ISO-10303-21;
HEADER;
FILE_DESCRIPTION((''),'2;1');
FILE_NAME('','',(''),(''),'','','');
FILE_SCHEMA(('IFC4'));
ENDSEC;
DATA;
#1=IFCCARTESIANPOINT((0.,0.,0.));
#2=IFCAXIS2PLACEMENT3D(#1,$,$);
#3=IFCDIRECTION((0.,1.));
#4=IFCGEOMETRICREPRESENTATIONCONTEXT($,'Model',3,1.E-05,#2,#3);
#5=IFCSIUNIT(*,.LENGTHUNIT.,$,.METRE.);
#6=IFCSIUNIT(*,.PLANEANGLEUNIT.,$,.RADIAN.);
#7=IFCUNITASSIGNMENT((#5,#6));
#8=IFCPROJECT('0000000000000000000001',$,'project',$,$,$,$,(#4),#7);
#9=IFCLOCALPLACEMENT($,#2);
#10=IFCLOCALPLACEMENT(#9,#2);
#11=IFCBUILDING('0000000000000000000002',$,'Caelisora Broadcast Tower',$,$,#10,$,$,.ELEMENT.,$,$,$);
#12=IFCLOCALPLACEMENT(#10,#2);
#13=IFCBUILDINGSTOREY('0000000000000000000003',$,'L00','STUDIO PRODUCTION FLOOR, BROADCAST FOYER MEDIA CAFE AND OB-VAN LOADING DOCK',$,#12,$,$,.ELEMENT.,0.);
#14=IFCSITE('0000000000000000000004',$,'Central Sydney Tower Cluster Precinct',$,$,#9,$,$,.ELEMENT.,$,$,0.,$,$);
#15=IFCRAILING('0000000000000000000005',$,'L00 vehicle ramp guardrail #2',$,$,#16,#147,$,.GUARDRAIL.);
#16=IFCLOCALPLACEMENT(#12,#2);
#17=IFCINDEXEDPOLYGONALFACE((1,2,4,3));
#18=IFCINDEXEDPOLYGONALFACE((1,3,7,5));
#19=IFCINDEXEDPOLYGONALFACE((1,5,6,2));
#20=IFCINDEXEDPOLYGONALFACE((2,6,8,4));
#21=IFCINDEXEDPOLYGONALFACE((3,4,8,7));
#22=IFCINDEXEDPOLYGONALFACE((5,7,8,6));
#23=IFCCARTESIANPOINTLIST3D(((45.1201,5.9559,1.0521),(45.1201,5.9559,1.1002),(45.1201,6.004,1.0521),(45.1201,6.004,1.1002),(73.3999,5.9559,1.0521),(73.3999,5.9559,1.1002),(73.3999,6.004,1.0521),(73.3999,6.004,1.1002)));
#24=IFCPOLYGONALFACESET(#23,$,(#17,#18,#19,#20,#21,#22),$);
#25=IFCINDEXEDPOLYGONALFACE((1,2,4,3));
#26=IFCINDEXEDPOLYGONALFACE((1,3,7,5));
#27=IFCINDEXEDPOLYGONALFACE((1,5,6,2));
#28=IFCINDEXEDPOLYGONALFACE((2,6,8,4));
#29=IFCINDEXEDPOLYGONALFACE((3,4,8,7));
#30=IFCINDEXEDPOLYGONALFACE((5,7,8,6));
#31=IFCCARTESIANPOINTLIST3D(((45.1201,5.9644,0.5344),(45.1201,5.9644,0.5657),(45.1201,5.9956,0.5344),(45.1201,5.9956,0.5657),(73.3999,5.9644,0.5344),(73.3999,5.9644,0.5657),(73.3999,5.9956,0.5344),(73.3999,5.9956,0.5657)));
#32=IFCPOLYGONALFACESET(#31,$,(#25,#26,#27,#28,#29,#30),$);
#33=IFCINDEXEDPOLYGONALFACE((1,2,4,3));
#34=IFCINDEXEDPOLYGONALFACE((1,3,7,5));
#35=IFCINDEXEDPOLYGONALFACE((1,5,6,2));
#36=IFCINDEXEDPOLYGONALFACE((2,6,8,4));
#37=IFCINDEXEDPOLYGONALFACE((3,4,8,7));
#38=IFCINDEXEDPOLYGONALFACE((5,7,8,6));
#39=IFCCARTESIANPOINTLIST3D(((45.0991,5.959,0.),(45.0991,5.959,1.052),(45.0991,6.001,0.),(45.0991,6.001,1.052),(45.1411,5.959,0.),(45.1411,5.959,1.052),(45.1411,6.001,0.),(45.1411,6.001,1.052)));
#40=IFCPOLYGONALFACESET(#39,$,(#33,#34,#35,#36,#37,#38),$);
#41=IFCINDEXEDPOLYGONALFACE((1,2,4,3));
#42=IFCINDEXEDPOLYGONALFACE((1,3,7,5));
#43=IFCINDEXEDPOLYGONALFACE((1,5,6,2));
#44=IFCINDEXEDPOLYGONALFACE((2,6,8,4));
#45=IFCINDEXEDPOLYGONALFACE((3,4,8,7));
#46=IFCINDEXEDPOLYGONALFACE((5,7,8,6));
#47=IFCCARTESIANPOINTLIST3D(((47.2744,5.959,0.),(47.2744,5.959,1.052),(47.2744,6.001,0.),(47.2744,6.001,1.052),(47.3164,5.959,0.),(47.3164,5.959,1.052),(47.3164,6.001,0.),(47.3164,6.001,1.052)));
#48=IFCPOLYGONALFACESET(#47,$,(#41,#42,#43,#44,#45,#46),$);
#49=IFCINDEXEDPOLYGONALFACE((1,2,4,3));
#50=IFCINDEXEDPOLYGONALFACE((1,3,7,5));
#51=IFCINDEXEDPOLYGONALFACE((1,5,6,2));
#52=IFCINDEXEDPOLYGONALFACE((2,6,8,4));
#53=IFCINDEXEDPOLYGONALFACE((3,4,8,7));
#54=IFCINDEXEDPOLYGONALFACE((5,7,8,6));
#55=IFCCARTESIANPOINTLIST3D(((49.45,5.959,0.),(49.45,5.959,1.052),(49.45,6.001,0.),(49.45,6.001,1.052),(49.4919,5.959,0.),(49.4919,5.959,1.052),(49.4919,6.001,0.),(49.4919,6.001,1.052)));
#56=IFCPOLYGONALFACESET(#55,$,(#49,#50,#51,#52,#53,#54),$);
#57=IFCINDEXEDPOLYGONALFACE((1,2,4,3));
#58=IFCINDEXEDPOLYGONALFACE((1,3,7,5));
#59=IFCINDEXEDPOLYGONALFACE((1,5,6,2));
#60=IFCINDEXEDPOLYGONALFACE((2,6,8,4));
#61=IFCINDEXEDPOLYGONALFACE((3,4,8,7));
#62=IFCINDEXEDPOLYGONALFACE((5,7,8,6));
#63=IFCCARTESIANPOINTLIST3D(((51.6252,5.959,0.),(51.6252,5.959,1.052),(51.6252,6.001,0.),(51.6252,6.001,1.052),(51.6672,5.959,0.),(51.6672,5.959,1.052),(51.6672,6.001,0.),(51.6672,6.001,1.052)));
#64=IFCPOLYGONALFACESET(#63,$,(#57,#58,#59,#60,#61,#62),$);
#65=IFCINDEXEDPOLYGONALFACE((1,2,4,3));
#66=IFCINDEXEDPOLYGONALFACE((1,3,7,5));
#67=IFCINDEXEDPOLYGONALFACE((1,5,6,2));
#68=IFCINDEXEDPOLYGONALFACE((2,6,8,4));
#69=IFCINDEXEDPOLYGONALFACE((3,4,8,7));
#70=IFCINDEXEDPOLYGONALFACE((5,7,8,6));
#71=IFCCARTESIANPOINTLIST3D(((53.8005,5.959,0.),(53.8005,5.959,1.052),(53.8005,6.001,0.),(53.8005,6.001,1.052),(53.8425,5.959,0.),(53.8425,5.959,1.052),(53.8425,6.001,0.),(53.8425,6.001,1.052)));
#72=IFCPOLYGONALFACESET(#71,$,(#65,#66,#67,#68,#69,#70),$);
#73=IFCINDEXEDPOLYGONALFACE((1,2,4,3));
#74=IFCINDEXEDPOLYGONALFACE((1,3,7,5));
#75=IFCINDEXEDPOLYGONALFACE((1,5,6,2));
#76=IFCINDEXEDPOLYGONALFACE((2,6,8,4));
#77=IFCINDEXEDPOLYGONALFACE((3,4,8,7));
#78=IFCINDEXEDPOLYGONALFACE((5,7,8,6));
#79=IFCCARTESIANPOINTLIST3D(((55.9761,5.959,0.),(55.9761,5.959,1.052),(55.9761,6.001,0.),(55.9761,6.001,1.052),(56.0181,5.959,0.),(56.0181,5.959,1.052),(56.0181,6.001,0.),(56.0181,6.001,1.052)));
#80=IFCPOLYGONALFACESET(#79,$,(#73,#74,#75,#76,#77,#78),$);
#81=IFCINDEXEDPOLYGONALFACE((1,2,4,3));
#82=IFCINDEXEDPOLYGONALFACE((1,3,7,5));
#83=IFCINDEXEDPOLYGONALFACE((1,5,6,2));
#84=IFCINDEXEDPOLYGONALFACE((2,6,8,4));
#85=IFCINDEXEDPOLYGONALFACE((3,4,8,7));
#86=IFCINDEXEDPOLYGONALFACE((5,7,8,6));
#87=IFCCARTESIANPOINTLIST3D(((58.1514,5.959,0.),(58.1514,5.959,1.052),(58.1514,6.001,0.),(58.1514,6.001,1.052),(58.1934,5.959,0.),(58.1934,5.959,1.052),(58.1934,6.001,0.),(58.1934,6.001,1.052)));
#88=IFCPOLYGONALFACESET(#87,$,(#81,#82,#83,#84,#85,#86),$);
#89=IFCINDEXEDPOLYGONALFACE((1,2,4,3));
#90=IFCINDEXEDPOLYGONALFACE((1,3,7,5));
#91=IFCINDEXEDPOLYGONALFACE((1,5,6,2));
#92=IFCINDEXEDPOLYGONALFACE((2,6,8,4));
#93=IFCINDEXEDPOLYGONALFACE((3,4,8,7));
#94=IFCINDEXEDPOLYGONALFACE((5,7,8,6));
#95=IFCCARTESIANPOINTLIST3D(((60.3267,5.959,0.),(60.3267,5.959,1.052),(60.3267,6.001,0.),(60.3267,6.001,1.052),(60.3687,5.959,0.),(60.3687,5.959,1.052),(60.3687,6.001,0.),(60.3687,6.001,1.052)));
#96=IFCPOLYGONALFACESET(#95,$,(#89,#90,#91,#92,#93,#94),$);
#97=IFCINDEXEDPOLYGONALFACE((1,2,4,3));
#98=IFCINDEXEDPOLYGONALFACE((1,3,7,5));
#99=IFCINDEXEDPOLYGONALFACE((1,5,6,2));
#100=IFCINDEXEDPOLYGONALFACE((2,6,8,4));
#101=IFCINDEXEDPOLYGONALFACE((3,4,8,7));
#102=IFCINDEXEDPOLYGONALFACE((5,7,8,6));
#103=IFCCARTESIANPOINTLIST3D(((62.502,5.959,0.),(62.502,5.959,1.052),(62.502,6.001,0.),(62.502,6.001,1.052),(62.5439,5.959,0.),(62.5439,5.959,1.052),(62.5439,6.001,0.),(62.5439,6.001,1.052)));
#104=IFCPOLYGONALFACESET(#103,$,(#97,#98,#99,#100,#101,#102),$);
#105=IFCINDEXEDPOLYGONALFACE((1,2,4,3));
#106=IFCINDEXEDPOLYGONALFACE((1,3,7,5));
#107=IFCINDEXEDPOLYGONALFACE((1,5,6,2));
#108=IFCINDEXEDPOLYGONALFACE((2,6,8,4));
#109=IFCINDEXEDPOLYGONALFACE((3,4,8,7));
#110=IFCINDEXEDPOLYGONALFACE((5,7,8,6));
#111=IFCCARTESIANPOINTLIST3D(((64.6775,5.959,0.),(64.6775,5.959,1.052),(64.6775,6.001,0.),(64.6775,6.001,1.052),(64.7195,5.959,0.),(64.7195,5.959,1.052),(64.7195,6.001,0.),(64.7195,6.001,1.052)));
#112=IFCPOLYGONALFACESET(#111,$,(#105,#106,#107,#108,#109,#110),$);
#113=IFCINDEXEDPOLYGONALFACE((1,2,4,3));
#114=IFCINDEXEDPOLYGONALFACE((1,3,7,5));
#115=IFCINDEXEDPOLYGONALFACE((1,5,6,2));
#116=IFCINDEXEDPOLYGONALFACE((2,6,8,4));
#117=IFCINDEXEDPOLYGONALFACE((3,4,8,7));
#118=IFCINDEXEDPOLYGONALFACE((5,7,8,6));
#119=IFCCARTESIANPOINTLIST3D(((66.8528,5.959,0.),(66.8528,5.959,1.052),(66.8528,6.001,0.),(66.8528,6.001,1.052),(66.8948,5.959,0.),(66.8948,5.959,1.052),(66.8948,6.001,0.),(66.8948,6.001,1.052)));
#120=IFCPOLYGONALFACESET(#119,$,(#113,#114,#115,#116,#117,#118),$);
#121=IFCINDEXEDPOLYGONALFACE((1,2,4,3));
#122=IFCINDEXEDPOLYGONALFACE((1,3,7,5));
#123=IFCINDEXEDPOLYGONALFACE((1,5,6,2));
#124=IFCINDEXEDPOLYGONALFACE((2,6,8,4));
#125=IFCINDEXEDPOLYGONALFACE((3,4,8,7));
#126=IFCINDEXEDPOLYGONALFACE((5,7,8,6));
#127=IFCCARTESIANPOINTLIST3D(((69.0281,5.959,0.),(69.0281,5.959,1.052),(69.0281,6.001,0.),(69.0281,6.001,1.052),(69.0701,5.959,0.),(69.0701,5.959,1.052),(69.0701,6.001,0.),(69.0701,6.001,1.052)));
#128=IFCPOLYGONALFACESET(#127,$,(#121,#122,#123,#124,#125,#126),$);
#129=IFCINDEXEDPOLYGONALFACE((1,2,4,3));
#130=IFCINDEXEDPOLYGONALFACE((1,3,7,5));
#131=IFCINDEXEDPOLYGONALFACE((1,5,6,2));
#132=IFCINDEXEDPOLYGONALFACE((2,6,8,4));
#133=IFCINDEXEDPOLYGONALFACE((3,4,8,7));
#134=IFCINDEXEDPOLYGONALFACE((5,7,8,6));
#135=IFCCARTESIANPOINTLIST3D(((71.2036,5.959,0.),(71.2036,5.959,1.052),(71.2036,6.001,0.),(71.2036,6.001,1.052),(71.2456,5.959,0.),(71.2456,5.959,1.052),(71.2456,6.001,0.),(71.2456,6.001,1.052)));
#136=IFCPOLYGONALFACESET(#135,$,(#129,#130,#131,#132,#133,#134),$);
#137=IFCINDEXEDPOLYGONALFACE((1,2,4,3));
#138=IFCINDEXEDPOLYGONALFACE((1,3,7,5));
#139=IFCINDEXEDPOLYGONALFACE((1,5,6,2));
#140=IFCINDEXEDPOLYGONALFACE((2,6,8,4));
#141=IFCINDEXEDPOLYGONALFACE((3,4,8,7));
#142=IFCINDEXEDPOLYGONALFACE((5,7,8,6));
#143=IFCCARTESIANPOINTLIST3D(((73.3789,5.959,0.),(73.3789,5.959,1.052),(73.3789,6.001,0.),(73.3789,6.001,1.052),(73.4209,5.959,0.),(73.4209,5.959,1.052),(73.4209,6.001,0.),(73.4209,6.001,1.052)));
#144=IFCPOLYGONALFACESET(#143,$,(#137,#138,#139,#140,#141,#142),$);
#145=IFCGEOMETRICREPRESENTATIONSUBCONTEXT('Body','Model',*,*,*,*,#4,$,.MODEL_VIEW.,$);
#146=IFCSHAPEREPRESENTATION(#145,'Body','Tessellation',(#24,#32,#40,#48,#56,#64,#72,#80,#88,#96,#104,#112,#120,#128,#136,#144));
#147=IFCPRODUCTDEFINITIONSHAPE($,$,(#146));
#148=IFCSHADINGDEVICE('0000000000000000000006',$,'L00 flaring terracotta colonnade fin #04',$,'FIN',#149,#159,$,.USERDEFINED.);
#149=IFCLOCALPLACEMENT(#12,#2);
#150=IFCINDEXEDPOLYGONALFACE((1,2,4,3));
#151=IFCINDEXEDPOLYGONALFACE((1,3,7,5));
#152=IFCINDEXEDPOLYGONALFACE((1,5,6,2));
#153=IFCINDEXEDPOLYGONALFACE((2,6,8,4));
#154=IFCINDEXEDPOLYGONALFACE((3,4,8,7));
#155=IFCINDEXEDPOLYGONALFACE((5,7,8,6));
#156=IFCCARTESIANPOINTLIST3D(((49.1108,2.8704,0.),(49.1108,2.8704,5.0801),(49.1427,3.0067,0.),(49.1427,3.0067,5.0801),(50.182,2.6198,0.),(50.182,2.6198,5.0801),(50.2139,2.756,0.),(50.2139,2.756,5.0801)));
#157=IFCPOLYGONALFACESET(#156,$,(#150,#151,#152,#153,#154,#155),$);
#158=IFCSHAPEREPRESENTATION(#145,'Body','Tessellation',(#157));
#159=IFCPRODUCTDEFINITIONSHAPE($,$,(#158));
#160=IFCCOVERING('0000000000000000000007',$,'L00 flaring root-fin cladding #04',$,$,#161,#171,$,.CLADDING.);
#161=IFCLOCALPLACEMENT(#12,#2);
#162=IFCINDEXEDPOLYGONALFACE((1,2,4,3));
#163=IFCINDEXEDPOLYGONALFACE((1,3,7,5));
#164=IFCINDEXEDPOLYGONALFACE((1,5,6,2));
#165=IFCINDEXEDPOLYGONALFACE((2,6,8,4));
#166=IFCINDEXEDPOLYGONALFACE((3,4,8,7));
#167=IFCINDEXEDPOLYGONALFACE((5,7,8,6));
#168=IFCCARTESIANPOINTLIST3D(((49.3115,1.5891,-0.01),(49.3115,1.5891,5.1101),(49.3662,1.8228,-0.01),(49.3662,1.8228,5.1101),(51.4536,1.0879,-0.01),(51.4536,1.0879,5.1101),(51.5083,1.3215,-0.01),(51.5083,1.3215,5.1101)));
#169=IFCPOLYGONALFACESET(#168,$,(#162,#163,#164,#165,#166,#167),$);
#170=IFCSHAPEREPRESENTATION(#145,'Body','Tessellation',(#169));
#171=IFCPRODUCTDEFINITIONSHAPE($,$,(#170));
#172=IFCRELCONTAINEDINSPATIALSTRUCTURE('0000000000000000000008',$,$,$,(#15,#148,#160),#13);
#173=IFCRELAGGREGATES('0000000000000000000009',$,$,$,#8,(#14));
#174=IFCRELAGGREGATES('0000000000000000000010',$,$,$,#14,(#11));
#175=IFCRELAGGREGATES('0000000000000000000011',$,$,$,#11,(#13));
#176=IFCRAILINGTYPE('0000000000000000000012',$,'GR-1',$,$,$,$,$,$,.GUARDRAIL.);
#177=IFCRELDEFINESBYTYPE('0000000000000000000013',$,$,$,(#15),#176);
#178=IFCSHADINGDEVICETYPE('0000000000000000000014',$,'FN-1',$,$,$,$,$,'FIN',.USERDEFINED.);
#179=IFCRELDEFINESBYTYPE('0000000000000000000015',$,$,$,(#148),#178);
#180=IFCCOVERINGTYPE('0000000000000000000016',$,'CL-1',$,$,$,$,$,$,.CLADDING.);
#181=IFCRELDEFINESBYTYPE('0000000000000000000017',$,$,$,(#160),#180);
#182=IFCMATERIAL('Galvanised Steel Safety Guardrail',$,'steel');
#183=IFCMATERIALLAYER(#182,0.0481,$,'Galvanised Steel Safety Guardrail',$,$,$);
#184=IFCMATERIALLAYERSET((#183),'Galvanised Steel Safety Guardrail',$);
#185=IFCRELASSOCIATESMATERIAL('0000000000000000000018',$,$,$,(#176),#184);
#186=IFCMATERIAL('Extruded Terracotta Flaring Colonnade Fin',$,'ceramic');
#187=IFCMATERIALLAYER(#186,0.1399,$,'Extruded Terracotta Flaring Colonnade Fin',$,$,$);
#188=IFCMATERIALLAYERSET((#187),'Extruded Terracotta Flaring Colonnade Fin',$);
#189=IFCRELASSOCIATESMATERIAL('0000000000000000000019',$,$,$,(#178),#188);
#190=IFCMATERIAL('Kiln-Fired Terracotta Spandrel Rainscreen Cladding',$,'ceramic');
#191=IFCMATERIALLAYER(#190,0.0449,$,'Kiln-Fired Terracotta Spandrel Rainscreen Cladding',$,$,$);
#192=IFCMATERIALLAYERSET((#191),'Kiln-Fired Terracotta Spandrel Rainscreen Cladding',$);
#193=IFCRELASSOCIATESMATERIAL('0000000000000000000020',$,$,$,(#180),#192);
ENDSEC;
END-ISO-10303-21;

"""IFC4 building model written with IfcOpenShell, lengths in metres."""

from ifc_helpers import new_model, si_unit, direction, frame, origin, origin_2d, place, context, subcontext, project, spatial, rectangle, extrude, source, transform, mapped, material, layer, layer_set, type_object, type_shapes, element, save


model = new_model("IFC4")

# Units and contexts
model_context = context("Model", 3, precision=1e-05, world=origin(), true_north=direction((0.0, 1.0)))
body_context = subcontext(model_context, "Body", "Model", "MODEL_VIEW")
ifc_project = project(units=[si_unit("LENGTHUNIT", "METRE"), si_unit("PLANEANGLEUNIT", "RADIAN")], contexts=[model_context])

# Site, building, storey
site_placement = place(None, origin())
site = spatial("IfcSite", under=ifc_project, at=site_placement, Name="Central Sydney Tower Cluster Precinct", CompositionType="ELEMENT", RefElevation=0.0)
building_placement = place(site_placement, origin())
building = spatial("IfcBuilding", under=site, at=building_placement, Name="Caelisora Broadcast Tower", CompositionType="ELEMENT")
storey_placement = place(building_placement, origin())
storey = spatial("IfcBuildingStorey", under=building, at=storey_placement, Name="L00", Description="STUDIO PRODUCTION FLOOR, BROADCAST FOYER MEDIA CAFE AND OB-VAN LOADING DOCK", CompositionType="ELEMENT", Elevation=0.0)

# Railing
ifc_material_1 = material(Name="Galvanised Steel Safety Guardrail", Category="steel")
ifc_layer_1 = layer(ifc_material_1, 0.0481, Name="Galvanised Steel Safety Guardrail")
ifc_layer_set_1 = layer_set([ifc_layer_1], Name="Galvanised Steel Safety Guardrail")
railing_type = type_object("IfcRailingType", Name="GR-1", PredefinedType="GUARDRAIL", material=ifc_layer_set_1)
railing_1_placement = place(storey_placement, frame((45.1201, 5.98, 0.0)))
element("IfcRailing", 1, at=railing_1_placement, inside=storey, type_object=railing_type, Name="L00 vehicle ramp guardrail #2", PredefinedType="GUARDRAIL", context=body_context, shape_type="SweptSolid", body=[
    extrude(rectangle(XDim=0.0481, YDim=0.0481, at=origin_2d()), frame((0.0, 0.0, 1.0762), z_axis=(1.0, 0.0, 0.0), x_axis=(0.0, 1.0, 0.0)), (0.0, 0.0, 1.0), 28.2798),
    extrude(rectangle(XDim=0.0312, YDim=0.0312, at=origin_2d()), frame((0.0, 0.0, 0.55), z_axis=(1.0, 0.0, 0.0), x_axis=(0.0, 1.0, 0.0)), (0.0, 0.0, 1.0), 28.2798),
    extrude(rectangle(XDim=0.042, YDim=0.042, at=origin_2d()), origin(), (0.0, 0.0, 1.0), 1.052),
    extrude(rectangle(XDim=0.042, YDim=0.042, at=origin_2d()), frame((2.1753, 0.0, 0.0)), (0.0, 0.0, 1.0), 1.052),
    extrude(rectangle(XDim=0.042, YDim=0.042, at=origin_2d()), frame((4.3508, 0.0, 0.0)), (0.0, 0.0, 1.0), 1.052),
    extrude(rectangle(XDim=0.042, YDim=0.042, at=origin_2d()), frame((6.5261, 0.0, 0.0)), (0.0, 0.0, 1.0), 1.052),
    extrude(rectangle(XDim=0.042, YDim=0.042, at=origin_2d()), frame((8.7014, 0.0, 0.0)), (0.0, 0.0, 1.0), 1.052),
    extrude(rectangle(XDim=0.042, YDim=0.042, at=origin_2d()), frame((10.877, 0.0, 0.0)), (0.0, 0.0, 1.0), 1.052),
    extrude(rectangle(XDim=0.042, YDim=0.042, at=origin_2d()), frame((13.0522, 0.0, 0.0)), (0.0, 0.0, 1.0), 1.052),
    extrude(rectangle(XDim=0.042, YDim=0.042, at=origin_2d()), frame((15.2275, 0.0, 0.0)), (0.0, 0.0, 1.0), 1.052),
    extrude(rectangle(XDim=0.042, YDim=0.042, at=origin_2d()), frame((17.4028, 0.0, 0.0)), (0.0, 0.0, 1.0), 1.052),
    extrude(rectangle(XDim=0.042, YDim=0.042, at=origin_2d()), frame((19.5784, 0.0, 0.0)), (0.0, 0.0, 1.0), 1.052),
    extrude(rectangle(XDim=0.042, YDim=0.042, at=origin_2d()), frame((21.7537, 0.0, 0.0)), (0.0, 0.0, 1.0), 1.052),
    extrude(rectangle(XDim=0.042, YDim=0.042, at=origin_2d()), frame((23.929, 0.0, 0.0)), (0.0, 0.0, 1.0), 1.052),
    extrude(rectangle(XDim=0.042, YDim=0.042, at=origin_2d()), frame((26.1045, 0.0, 0.0)), (0.0, 0.0, 1.0), 1.052),
    extrude(rectangle(XDim=0.042, YDim=0.042, at=origin_2d()), frame((28.2798, 0.0, 0.0)), (0.0, 0.0, 1.0), 1.052),
])

# Shading device
ifc_material_2 = material(Name="Extruded Terracotta Flaring Colonnade Fin", Category="ceramic")
ifc_layer_2 = layer(ifc_material_2, 0.1399, Name="Extruded Terracotta Flaring Colonnade Fin")
ifc_layer_set_2 = layer_set([ifc_layer_2], Name="Extruded Terracotta Flaring Colonnade Fin")
shading_device_type = type_object("IfcShadingDeviceType", Name="FN-1", ElementType="FIN", PredefinedType="USERDEFINED", material=ifc_layer_set_2)
shared_shape_1 = source(origin(), body_context, "Body", "SweptSolid", [
    extrude(rectangle(XDim=1.1001, YDim=0.1399, at=origin_2d()), origin(), (0.0, 0.0, 1.0), 5.0801),
])
type_shapes(shading_device_type, [shared_shape_1])
shading_device_placement = place(storey_placement, frame((49.6624, 2.8132, 0.0), z_axis=(0.0, 0.0, 1.0), x_axis=(0.973698, -0.227841, 0.0)))
element("IfcShadingDevice", 2, at=shading_device_placement, inside=storey, type_object=shading_device_type, Name="L00 flaring terracotta colonnade fin #04", ObjectType="FIN", PredefinedType="USERDEFINED", context=body_context, shape_type="MappedRepresentation", body=[
    mapped(shared_shape_1, transform((0.0, 0.0, 0.0), scale=1.0)),
])

# Covering
ifc_material_3 = material(Name="Kiln-Fired Terracotta Spandrel Rainscreen Cladding", Category="ceramic")
ifc_layer_3 = layer(ifc_material_3, 0.0449, Name="Kiln-Fired Terracotta Spandrel Rainscreen Cladding")
ifc_layer_set_3 = layer_set([ifc_layer_3], Name="Kiln-Fired Terracotta Spandrel Rainscreen Cladding")
covering_type = type_object("IfcCoveringType", Name="CL-1", PredefinedType="CLADDING", material=ifc_layer_set_3)
shared_shape_2 = source(origin(), body_context, "Body", "SweptSolid", [
    extrude(rectangle(XDim=2.2, YDim=0.24, at=origin_2d()), origin(), (0.0, 0.0, 1.0), 5.1201),
])
type_shapes(covering_type, [shared_shape_2])
covering_placement = place(storey_placement, frame((50.4099, 1.4553, -0.01), z_axis=(0.0, 0.0, 1.0), x_axis=(0.973698, -0.227841, 0.0)))
element("IfcCovering", 3, at=covering_placement, inside=storey, type_object=covering_type, Name="L00 flaring root-fin cladding #04", PredefinedType="CLADDING", context=body_context, shape_type="MappedRepresentation", body=[
    mapped(shared_shape_2, transform((0.0, 0.0, 0.0), scale=1.0)),
])

save(model, "model.ifc")
